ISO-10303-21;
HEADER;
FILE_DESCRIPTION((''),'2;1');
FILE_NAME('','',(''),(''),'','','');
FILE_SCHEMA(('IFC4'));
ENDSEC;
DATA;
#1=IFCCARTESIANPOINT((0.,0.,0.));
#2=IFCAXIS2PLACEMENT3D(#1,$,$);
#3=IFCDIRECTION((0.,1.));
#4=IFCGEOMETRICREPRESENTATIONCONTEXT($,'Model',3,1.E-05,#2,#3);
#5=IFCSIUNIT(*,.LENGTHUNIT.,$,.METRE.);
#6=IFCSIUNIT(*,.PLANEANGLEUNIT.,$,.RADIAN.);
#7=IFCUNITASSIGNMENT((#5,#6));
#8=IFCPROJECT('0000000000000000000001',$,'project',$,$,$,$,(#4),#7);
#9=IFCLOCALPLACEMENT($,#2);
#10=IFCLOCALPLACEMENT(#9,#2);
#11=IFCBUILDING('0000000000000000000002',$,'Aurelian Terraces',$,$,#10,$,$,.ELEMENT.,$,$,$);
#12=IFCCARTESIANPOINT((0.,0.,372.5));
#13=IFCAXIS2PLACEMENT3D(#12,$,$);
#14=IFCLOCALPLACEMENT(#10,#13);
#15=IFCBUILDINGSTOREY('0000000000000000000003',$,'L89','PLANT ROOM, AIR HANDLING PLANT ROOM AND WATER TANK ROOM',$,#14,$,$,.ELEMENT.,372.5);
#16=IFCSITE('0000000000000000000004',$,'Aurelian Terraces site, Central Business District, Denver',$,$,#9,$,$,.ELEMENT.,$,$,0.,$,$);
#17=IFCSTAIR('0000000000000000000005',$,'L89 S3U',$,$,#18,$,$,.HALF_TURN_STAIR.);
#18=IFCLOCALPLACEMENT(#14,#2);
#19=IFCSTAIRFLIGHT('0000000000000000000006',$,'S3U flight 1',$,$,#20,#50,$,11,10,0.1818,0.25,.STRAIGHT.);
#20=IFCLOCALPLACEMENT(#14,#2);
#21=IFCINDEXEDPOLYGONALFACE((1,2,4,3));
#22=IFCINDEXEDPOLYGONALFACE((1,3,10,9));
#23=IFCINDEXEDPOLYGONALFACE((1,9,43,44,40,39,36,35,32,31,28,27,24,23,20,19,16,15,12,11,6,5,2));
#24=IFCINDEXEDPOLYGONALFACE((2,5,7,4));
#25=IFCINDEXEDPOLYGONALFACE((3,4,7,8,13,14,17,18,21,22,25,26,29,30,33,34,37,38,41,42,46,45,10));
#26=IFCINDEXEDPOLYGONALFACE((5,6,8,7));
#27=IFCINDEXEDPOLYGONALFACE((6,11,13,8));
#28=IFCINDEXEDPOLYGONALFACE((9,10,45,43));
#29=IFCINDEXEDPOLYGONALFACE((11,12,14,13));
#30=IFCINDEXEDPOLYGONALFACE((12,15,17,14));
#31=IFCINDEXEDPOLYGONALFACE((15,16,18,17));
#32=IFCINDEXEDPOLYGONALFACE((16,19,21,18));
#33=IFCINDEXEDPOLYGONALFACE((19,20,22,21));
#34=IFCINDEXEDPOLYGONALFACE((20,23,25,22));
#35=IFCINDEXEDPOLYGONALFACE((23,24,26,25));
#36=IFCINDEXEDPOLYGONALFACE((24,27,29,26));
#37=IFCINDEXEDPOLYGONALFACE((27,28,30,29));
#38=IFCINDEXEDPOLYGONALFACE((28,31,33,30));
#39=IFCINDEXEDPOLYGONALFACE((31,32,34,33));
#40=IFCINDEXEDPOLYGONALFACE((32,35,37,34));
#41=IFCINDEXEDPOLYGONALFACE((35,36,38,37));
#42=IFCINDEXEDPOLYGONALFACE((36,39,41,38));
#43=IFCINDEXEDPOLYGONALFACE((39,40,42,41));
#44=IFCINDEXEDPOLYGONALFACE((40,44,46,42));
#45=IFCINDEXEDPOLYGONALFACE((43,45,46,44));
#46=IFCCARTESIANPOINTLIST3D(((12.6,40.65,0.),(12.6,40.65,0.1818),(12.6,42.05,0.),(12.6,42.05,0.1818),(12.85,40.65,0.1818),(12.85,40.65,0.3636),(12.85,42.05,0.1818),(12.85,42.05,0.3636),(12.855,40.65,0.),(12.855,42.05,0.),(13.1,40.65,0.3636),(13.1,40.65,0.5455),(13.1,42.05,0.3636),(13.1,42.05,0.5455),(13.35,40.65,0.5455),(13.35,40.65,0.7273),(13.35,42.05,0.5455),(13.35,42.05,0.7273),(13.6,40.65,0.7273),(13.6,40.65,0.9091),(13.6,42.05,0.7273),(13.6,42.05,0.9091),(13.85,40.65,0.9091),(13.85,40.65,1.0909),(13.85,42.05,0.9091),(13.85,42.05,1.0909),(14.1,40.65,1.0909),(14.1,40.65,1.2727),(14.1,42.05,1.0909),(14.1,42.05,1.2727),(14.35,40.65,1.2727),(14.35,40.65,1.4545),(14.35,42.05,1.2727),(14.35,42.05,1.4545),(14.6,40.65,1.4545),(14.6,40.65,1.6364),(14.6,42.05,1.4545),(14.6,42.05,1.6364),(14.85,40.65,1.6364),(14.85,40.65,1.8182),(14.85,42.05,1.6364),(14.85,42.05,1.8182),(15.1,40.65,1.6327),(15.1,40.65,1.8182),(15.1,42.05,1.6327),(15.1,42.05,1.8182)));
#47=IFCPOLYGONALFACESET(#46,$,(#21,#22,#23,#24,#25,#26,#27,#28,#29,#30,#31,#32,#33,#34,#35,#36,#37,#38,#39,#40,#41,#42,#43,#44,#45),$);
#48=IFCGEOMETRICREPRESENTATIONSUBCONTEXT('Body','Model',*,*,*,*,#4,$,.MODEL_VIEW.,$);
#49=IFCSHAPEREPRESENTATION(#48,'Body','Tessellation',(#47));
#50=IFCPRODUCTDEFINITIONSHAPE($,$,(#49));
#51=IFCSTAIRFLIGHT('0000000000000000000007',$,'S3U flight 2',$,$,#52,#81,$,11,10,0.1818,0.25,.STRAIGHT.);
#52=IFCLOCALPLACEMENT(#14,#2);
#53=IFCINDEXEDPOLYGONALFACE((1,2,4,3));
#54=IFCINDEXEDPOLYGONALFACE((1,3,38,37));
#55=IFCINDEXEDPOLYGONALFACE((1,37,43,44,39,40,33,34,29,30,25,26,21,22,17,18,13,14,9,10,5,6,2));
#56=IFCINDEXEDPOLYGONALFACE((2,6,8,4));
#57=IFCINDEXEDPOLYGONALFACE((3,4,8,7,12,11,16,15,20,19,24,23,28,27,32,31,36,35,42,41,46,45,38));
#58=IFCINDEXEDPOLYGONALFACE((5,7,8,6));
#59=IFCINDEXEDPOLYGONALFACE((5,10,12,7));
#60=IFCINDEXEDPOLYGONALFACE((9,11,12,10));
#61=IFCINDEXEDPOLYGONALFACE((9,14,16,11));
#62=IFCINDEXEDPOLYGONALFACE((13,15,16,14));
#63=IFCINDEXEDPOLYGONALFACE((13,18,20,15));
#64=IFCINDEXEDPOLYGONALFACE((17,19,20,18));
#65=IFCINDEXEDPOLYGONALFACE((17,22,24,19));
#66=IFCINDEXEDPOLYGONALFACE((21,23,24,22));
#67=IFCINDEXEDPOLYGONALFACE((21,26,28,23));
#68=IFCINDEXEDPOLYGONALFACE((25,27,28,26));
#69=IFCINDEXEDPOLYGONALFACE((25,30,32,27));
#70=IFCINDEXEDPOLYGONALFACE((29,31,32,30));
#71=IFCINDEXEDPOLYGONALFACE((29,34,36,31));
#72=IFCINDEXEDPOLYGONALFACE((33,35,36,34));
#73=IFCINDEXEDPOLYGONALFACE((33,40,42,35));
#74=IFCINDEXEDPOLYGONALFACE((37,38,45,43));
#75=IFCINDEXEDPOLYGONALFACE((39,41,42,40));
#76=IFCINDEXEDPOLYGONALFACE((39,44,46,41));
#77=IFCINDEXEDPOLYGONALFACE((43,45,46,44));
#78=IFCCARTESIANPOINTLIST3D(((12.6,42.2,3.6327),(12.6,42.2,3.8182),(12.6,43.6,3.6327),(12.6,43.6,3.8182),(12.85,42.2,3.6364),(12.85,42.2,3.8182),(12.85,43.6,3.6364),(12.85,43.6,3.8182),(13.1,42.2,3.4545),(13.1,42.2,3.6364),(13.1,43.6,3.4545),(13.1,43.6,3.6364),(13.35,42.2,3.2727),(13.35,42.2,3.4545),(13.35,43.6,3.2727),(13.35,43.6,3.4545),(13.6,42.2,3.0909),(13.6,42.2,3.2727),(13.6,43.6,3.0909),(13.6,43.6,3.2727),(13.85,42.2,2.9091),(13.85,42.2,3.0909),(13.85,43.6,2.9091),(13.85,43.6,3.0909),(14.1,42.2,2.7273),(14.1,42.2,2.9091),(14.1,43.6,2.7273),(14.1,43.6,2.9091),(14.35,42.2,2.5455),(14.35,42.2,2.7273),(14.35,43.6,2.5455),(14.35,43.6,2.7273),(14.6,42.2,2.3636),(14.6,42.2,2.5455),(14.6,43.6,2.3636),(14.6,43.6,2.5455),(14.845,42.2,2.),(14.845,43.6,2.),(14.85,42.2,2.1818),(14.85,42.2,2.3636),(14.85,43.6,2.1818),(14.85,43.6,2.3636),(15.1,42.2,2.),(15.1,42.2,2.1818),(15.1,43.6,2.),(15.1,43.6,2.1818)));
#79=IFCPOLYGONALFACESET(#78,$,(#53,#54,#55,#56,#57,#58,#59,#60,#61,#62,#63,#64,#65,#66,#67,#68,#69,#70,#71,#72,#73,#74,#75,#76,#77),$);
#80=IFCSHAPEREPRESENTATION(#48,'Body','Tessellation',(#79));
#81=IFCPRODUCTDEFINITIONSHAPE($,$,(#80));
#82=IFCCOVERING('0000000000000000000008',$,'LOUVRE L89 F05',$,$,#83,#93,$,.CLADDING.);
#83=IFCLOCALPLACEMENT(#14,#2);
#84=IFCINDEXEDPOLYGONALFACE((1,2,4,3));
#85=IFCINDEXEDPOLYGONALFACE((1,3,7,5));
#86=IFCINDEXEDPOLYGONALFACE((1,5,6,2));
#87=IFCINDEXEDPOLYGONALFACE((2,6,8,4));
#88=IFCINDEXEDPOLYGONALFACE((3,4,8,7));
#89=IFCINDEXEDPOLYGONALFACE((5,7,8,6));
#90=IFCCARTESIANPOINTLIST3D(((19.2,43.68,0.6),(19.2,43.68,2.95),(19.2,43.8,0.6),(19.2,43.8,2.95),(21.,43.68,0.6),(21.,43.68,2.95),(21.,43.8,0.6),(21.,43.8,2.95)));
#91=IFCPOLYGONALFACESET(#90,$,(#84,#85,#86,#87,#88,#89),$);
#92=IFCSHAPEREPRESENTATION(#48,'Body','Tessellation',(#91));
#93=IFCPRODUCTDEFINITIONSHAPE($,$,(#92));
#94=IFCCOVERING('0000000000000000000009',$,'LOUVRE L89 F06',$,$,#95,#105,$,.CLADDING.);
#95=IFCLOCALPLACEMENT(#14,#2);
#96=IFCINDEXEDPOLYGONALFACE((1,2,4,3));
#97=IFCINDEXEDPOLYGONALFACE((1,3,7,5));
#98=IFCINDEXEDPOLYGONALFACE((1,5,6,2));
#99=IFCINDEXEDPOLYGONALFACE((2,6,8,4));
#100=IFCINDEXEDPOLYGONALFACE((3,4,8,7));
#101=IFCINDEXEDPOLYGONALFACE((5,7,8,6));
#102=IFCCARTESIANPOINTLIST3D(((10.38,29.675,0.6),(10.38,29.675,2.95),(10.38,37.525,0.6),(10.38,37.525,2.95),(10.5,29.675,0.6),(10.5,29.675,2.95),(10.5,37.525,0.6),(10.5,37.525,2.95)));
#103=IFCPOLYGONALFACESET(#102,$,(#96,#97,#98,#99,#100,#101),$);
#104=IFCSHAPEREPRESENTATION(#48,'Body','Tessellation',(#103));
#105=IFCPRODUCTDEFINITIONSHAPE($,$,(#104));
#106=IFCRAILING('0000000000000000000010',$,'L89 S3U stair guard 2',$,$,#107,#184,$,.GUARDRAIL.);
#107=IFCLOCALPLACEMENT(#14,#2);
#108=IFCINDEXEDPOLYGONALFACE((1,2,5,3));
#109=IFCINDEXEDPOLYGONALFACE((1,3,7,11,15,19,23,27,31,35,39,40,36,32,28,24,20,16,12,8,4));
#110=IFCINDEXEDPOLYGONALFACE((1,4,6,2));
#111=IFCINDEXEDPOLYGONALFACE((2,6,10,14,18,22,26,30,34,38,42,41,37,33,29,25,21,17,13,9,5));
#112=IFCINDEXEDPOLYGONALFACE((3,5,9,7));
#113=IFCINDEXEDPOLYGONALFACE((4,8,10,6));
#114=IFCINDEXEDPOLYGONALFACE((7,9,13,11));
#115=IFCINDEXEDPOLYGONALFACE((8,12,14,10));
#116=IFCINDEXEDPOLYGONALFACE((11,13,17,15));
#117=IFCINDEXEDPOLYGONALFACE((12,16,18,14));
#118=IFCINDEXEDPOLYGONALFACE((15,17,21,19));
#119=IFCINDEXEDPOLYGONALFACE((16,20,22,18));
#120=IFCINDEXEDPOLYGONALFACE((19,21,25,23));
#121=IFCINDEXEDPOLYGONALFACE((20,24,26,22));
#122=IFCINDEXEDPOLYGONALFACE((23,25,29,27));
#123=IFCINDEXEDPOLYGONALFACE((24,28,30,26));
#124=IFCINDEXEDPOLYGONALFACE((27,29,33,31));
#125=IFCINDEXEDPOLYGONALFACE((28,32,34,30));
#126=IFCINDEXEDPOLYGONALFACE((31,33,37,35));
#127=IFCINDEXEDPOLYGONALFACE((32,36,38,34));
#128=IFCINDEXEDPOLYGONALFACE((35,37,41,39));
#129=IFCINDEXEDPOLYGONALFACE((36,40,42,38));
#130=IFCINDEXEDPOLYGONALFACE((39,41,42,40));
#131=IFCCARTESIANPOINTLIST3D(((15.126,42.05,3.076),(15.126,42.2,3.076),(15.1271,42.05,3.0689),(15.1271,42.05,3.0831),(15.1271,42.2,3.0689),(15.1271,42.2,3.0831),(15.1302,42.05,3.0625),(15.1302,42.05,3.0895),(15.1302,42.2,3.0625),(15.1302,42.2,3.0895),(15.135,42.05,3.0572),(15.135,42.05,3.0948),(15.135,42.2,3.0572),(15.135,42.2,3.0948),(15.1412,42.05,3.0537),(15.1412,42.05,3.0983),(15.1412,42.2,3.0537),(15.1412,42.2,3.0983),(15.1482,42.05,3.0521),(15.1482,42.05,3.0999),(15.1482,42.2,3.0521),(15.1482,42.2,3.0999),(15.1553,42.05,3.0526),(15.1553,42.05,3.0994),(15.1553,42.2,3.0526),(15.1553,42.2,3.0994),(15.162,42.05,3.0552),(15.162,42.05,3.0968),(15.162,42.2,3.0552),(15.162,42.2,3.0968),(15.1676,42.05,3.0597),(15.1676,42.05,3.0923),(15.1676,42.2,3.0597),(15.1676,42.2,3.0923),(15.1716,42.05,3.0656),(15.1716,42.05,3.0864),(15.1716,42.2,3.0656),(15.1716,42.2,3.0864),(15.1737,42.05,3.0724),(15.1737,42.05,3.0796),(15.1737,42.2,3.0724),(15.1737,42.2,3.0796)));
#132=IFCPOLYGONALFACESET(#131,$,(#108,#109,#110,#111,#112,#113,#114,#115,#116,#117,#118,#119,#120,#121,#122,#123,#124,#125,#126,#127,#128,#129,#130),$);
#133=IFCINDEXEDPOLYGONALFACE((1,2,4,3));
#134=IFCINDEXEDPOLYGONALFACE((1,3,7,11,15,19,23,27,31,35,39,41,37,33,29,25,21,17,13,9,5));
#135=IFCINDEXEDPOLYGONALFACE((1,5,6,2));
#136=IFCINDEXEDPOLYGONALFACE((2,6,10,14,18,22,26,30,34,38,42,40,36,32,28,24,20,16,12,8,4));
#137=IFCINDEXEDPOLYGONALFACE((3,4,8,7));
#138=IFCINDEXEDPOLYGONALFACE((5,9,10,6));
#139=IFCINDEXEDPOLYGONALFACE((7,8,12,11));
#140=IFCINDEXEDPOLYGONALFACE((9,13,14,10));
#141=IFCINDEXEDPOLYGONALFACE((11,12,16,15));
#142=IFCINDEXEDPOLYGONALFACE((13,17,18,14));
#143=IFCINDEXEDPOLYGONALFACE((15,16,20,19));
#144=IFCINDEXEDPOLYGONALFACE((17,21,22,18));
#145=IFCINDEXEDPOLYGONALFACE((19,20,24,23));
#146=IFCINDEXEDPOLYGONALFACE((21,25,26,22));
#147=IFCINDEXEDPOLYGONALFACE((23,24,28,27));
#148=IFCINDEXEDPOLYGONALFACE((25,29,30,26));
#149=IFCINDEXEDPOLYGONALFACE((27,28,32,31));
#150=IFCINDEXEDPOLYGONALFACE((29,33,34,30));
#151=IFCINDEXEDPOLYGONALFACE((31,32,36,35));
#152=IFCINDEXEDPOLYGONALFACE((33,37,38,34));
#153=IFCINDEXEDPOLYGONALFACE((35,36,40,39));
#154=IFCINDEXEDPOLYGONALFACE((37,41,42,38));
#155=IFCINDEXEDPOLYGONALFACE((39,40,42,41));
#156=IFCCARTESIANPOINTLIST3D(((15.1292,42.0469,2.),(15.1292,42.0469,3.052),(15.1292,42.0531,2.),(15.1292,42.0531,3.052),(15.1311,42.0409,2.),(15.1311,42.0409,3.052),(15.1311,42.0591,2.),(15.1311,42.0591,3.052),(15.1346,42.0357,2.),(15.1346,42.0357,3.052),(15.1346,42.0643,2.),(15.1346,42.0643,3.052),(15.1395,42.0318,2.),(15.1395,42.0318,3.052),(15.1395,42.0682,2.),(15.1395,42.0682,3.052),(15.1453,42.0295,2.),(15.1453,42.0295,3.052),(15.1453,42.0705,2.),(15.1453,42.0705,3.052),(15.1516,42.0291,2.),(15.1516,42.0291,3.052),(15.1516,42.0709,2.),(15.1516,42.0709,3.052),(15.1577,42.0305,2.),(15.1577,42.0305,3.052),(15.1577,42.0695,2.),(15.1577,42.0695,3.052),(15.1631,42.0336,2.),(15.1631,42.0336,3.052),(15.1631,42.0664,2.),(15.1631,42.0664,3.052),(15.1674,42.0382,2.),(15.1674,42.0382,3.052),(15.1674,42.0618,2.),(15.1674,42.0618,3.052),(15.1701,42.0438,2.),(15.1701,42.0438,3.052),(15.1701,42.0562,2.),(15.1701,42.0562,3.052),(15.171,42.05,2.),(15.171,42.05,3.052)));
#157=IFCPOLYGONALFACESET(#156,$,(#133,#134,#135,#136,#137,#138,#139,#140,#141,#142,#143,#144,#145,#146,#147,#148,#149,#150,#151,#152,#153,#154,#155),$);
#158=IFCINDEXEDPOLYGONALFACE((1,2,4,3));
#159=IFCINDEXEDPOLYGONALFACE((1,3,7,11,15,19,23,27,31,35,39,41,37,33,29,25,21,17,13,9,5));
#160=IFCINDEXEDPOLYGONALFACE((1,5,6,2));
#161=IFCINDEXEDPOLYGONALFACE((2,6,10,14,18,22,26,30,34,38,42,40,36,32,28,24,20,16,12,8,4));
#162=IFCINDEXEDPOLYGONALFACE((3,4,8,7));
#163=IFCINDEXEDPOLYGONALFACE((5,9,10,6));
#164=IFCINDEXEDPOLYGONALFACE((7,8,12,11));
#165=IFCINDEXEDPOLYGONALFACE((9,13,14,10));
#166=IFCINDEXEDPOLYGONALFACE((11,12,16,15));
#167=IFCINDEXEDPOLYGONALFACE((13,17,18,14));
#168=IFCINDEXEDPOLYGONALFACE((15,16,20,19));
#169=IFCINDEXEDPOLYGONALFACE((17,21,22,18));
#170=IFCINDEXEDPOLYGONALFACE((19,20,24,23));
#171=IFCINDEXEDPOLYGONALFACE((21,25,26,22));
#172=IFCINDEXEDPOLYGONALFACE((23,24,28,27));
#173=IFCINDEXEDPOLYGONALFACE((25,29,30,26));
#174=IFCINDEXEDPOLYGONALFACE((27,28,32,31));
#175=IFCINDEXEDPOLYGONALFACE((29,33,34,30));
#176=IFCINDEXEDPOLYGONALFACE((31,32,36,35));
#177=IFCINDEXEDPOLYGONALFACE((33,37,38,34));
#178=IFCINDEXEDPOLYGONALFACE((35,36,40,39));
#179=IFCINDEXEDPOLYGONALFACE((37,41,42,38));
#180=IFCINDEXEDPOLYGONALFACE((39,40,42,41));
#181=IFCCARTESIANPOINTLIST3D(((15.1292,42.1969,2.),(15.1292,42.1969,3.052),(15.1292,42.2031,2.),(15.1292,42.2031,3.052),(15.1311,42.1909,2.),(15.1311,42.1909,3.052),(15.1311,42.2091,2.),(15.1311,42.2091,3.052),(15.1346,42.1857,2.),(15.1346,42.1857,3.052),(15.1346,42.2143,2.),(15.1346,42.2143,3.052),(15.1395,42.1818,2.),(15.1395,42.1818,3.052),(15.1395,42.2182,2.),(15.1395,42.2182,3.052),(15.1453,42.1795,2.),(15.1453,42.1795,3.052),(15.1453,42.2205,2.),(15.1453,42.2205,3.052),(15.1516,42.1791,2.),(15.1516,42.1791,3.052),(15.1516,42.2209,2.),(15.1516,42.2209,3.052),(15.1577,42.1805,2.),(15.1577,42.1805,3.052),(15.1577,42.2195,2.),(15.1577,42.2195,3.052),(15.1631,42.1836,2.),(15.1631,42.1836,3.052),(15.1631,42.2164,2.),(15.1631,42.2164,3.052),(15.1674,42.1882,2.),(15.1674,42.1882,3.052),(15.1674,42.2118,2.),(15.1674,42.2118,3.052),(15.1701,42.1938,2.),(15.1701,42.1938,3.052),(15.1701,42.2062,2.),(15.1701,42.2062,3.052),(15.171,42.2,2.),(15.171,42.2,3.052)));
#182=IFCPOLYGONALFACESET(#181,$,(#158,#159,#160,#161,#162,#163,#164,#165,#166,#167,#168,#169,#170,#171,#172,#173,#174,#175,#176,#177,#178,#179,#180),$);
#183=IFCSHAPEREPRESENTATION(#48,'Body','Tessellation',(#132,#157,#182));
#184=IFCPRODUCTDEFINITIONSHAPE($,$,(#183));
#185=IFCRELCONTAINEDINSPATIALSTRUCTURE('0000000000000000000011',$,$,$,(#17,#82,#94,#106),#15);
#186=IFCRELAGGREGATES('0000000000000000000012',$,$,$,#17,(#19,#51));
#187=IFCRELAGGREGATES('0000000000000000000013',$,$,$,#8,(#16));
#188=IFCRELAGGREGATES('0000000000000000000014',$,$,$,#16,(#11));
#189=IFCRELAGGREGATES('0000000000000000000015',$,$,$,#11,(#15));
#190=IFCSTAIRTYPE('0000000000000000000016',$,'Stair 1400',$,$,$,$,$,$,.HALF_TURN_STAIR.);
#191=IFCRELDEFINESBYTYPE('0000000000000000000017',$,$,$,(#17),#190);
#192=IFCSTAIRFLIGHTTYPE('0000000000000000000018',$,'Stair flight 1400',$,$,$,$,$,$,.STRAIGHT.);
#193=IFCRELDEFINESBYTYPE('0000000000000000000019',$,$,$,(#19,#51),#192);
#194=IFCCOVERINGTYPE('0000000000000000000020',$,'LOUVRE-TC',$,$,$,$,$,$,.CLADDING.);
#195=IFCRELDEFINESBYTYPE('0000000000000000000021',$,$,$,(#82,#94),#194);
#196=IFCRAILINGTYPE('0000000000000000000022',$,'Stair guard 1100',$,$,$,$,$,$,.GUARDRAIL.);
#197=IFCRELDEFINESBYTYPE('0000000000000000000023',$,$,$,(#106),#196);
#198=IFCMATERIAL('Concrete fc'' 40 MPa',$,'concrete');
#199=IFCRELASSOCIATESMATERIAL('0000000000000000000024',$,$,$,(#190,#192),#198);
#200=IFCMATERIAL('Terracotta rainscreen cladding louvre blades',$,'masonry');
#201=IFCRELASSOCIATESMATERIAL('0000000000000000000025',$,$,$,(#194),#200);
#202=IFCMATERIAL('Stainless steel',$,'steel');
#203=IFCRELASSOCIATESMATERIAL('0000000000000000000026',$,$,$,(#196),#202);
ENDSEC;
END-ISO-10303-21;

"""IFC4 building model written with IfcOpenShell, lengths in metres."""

from ifc_helpers import new_model, si_unit, direction, frame, origin, origin_2d, place, context, subcontext, project, spatial, polyline, rectangle, circle, outline, extrude, source, transform, mapped, material, type_object, element, aggregate, save


model = new_model("IFC4")

# Units and contexts
model_context = context("Model", 3, precision=1e-05, world=origin(), true_north=direction((0.0, 1.0)))
body_context = subcontext(model_context, "Body", "Model", "MODEL_VIEW")
ifc_project = project(units=[si_unit("LENGTHUNIT", "METRE"), si_unit("PLANEANGLEUNIT", "RADIAN")], contexts=[model_context])

# Site, building, storey
site_placement = place(None, origin())
site = spatial("IfcSite", under=ifc_project, at=site_placement, Name="Aurelian Terraces site, Central Business District, Denver", CompositionType="ELEMENT", RefElevation=0.0)
building_placement = place(site_placement, origin())
building = spatial("IfcBuilding", under=site, at=building_placement, Name="Aurelian Terraces", CompositionType="ELEMENT")
storey_placement = place(building_placement, frame((0.0, 0.0, 372.5)))
storey = spatial("IfcBuildingStorey", under=building, at=storey_placement, Name="L89", Description="PLANT ROOM, AIR HANDLING PLANT ROOM AND WATER TANK ROOM", CompositionType="ELEMENT", Elevation=372.5)

# Shared definitions
ifc_material_1 = material(Name="Concrete fc' 40 MPa", Category="concrete")

# Stair, stair flights
stair_type = type_object("IfcStairType", Name="Stair 1400", PredefinedType="HALF_TURN_STAIR", material=ifc_material_1)
stair_placement = place(storey_placement, origin())
stair = element("IfcStair", 1, at=stair_placement, inside=storey, type_object=stair_type, Name="L89 S3U", PredefinedType="HALF_TURN_STAIR")
stair_flight_type = type_object("IfcStairFlightType", Name="Stair flight 1400", PredefinedType="STRAIGHT", material=ifc_material_1)
shared_shape_1 = source(origin(), body_context, "Body", "SweptSolid", [
    extrude(outline(polyline([(0.0, 0.0), (0.0, 0.1818), (0.25, 0.1818), (0.25, 0.3636), (0.5, 0.3636), (0.5, 0.5455), (0.75, 0.5455), (0.75, 0.7273), (1.0, 0.7273), (1.0, 0.9091), (1.25, 0.9091), (1.25, 1.0909), (1.5, 1.0909), (1.5, 1.2727), (1.75, 1.2727), (1.75, 1.4545), (2.0, 1.4545), (2.0, 1.6364), (2.25, 1.6364), (2.25, 1.8182), (2.5, 1.8182), (2.5, 2.0), (2.5, 1.6327), (0.255, 0.0), (0.0, 0.0)])), frame((0.0, 0.7, 0.0), z_axis=(0.0, -1.0, 0.0), x_axis=(1.0, 0.0, 0.0)), (0.0, 0.0, 1.0), 1.4),
])
stair_flight_1_placement = place(storey_placement, frame((12.6, 41.35, 0.0), z_axis=(0.0, 0.0, 1.0), x_axis=(1.0, 0.0, 0.0)))
stair_flight_1 = element("IfcStairFlight", 2, at=stair_flight_1_placement, type_object=stair_flight_type, Name="S3U flight 1", NumberOfRisers=11, NumberOfTreads=10, PredefinedType="STRAIGHT", RiserHeight=0.1818, TreadLength=0.25, context=body_context, shape_type="MappedRepresentation", body=[
    mapped(shared_shape_1, transform((0.0, 0.0, 0.0), scale=1.0)),
])
stair_flight_2_placement = place(storey_placement, frame((15.1, 42.9, 2.0), z_axis=(0.0, 0.0, 1.0), x_axis=(-1.0, 0.0, 0.0)))
stair_flight_2 = element("IfcStairFlight", 3, at=stair_flight_2_placement, type_object=stair_flight_type, Name="S3U flight 2", NumberOfRisers=11, NumberOfTreads=10, PredefinedType="STRAIGHT", RiserHeight=0.1818, TreadLength=0.25, context=body_context, shape_type="MappedRepresentation", body=[
    mapped(shared_shape_1, transform((0.0, 0.0, 0.0), scale=1.0)),
])
aggregate(stair, [stair_flight_1, stair_flight_2])

# Coverings
ifc_material_2 = material(Name="Terracotta rainscreen cladding louvre blades", Category="masonry")
covering_type = type_object("IfcCoveringType", Name="LOUVRE-TC", PredefinedType="CLADDING", material=ifc_material_2)
covering_1_placement = place(storey_placement, frame((20.1, 43.74, 0.6), z_axis=(0.0, 0.0, 1.0), x_axis=(1.0, 0.0, 0.0)))
element("IfcCovering", 4, at=covering_1_placement, inside=storey, type_object=covering_type, Name="LOUVRE L89 F05", PredefinedType="CLADDING", context=body_context, shape_type="SweptSolid", body=[
    extrude(rectangle(XDim=1.8, YDim=0.12, at=origin_2d()), origin(), (0.0, 0.0, 1.0), 2.35),
])
shared_shape_2 = source(origin(), body_context, "Body", "SweptSolid", [
    extrude(rectangle(XDim=0.12, YDim=7.85, at=origin_2d()), origin(), (0.0, 0.0, 1.0), 2.35),
])
covering_2_placement = place(storey_placement, frame((10.44, 33.6, 0.6), z_axis=(0.0, 0.0, 1.0), x_axis=(1.0, 0.0, 0.0)))
element("IfcCovering", 5, at=covering_2_placement, inside=storey, type_object=covering_type, Name="LOUVRE L89 F06", PredefinedType="CLADDING", context=body_context, shape_type="MappedRepresentation", body=[
    mapped(shared_shape_2, transform((0.0, 0.0, 0.0), scale=1.0)),
])

# Railing
ifc_material_3 = material(Name="Stainless steel", Category="steel")
railing_type_1 = type_object("IfcRailingType", Name="Stair guard 1100", PredefinedType="GUARDRAIL", material=ifc_material_3)
shared_shape_3 = source(origin(), body_context, "Body", "SweptSolid", [
    extrude(circle(Radius=0.024, at=origin_2d()), frame((0.0, 0.0, 1.076), z_axis=(0.0, 1.0, 0.0), x_axis=(-1.0, 0.0, 0.0)), (0.0, 0.0, 1.0), 0.15),
    extrude(circle(Radius=0.021, at=origin_2d()), origin(), (0.0, 0.0, 1.0), 1.052),
    extrude(circle(Radius=0.021, at=origin_2d()), frame((0.0, 0.15, 0.0)), (0.0, 0.0, 1.0), 1.052),
])
for number, where, name in (
    (6, (15.15, 42.05, 2.0), "L89 S3U stair guard 2"),
):
    element("IfcRailing", number, at=place(storey_placement, frame(where)), inside=storey, type_object=railing_type_1, Name=name, PredefinedType="GUARDRAIL", context=body_context, shape_type="MappedRepresentation", body=[
        mapped(shared_shape_3, transform((0.0, 0.0, 0.0), scale=1.0)),
    ])

save(model, "model.ifc")
